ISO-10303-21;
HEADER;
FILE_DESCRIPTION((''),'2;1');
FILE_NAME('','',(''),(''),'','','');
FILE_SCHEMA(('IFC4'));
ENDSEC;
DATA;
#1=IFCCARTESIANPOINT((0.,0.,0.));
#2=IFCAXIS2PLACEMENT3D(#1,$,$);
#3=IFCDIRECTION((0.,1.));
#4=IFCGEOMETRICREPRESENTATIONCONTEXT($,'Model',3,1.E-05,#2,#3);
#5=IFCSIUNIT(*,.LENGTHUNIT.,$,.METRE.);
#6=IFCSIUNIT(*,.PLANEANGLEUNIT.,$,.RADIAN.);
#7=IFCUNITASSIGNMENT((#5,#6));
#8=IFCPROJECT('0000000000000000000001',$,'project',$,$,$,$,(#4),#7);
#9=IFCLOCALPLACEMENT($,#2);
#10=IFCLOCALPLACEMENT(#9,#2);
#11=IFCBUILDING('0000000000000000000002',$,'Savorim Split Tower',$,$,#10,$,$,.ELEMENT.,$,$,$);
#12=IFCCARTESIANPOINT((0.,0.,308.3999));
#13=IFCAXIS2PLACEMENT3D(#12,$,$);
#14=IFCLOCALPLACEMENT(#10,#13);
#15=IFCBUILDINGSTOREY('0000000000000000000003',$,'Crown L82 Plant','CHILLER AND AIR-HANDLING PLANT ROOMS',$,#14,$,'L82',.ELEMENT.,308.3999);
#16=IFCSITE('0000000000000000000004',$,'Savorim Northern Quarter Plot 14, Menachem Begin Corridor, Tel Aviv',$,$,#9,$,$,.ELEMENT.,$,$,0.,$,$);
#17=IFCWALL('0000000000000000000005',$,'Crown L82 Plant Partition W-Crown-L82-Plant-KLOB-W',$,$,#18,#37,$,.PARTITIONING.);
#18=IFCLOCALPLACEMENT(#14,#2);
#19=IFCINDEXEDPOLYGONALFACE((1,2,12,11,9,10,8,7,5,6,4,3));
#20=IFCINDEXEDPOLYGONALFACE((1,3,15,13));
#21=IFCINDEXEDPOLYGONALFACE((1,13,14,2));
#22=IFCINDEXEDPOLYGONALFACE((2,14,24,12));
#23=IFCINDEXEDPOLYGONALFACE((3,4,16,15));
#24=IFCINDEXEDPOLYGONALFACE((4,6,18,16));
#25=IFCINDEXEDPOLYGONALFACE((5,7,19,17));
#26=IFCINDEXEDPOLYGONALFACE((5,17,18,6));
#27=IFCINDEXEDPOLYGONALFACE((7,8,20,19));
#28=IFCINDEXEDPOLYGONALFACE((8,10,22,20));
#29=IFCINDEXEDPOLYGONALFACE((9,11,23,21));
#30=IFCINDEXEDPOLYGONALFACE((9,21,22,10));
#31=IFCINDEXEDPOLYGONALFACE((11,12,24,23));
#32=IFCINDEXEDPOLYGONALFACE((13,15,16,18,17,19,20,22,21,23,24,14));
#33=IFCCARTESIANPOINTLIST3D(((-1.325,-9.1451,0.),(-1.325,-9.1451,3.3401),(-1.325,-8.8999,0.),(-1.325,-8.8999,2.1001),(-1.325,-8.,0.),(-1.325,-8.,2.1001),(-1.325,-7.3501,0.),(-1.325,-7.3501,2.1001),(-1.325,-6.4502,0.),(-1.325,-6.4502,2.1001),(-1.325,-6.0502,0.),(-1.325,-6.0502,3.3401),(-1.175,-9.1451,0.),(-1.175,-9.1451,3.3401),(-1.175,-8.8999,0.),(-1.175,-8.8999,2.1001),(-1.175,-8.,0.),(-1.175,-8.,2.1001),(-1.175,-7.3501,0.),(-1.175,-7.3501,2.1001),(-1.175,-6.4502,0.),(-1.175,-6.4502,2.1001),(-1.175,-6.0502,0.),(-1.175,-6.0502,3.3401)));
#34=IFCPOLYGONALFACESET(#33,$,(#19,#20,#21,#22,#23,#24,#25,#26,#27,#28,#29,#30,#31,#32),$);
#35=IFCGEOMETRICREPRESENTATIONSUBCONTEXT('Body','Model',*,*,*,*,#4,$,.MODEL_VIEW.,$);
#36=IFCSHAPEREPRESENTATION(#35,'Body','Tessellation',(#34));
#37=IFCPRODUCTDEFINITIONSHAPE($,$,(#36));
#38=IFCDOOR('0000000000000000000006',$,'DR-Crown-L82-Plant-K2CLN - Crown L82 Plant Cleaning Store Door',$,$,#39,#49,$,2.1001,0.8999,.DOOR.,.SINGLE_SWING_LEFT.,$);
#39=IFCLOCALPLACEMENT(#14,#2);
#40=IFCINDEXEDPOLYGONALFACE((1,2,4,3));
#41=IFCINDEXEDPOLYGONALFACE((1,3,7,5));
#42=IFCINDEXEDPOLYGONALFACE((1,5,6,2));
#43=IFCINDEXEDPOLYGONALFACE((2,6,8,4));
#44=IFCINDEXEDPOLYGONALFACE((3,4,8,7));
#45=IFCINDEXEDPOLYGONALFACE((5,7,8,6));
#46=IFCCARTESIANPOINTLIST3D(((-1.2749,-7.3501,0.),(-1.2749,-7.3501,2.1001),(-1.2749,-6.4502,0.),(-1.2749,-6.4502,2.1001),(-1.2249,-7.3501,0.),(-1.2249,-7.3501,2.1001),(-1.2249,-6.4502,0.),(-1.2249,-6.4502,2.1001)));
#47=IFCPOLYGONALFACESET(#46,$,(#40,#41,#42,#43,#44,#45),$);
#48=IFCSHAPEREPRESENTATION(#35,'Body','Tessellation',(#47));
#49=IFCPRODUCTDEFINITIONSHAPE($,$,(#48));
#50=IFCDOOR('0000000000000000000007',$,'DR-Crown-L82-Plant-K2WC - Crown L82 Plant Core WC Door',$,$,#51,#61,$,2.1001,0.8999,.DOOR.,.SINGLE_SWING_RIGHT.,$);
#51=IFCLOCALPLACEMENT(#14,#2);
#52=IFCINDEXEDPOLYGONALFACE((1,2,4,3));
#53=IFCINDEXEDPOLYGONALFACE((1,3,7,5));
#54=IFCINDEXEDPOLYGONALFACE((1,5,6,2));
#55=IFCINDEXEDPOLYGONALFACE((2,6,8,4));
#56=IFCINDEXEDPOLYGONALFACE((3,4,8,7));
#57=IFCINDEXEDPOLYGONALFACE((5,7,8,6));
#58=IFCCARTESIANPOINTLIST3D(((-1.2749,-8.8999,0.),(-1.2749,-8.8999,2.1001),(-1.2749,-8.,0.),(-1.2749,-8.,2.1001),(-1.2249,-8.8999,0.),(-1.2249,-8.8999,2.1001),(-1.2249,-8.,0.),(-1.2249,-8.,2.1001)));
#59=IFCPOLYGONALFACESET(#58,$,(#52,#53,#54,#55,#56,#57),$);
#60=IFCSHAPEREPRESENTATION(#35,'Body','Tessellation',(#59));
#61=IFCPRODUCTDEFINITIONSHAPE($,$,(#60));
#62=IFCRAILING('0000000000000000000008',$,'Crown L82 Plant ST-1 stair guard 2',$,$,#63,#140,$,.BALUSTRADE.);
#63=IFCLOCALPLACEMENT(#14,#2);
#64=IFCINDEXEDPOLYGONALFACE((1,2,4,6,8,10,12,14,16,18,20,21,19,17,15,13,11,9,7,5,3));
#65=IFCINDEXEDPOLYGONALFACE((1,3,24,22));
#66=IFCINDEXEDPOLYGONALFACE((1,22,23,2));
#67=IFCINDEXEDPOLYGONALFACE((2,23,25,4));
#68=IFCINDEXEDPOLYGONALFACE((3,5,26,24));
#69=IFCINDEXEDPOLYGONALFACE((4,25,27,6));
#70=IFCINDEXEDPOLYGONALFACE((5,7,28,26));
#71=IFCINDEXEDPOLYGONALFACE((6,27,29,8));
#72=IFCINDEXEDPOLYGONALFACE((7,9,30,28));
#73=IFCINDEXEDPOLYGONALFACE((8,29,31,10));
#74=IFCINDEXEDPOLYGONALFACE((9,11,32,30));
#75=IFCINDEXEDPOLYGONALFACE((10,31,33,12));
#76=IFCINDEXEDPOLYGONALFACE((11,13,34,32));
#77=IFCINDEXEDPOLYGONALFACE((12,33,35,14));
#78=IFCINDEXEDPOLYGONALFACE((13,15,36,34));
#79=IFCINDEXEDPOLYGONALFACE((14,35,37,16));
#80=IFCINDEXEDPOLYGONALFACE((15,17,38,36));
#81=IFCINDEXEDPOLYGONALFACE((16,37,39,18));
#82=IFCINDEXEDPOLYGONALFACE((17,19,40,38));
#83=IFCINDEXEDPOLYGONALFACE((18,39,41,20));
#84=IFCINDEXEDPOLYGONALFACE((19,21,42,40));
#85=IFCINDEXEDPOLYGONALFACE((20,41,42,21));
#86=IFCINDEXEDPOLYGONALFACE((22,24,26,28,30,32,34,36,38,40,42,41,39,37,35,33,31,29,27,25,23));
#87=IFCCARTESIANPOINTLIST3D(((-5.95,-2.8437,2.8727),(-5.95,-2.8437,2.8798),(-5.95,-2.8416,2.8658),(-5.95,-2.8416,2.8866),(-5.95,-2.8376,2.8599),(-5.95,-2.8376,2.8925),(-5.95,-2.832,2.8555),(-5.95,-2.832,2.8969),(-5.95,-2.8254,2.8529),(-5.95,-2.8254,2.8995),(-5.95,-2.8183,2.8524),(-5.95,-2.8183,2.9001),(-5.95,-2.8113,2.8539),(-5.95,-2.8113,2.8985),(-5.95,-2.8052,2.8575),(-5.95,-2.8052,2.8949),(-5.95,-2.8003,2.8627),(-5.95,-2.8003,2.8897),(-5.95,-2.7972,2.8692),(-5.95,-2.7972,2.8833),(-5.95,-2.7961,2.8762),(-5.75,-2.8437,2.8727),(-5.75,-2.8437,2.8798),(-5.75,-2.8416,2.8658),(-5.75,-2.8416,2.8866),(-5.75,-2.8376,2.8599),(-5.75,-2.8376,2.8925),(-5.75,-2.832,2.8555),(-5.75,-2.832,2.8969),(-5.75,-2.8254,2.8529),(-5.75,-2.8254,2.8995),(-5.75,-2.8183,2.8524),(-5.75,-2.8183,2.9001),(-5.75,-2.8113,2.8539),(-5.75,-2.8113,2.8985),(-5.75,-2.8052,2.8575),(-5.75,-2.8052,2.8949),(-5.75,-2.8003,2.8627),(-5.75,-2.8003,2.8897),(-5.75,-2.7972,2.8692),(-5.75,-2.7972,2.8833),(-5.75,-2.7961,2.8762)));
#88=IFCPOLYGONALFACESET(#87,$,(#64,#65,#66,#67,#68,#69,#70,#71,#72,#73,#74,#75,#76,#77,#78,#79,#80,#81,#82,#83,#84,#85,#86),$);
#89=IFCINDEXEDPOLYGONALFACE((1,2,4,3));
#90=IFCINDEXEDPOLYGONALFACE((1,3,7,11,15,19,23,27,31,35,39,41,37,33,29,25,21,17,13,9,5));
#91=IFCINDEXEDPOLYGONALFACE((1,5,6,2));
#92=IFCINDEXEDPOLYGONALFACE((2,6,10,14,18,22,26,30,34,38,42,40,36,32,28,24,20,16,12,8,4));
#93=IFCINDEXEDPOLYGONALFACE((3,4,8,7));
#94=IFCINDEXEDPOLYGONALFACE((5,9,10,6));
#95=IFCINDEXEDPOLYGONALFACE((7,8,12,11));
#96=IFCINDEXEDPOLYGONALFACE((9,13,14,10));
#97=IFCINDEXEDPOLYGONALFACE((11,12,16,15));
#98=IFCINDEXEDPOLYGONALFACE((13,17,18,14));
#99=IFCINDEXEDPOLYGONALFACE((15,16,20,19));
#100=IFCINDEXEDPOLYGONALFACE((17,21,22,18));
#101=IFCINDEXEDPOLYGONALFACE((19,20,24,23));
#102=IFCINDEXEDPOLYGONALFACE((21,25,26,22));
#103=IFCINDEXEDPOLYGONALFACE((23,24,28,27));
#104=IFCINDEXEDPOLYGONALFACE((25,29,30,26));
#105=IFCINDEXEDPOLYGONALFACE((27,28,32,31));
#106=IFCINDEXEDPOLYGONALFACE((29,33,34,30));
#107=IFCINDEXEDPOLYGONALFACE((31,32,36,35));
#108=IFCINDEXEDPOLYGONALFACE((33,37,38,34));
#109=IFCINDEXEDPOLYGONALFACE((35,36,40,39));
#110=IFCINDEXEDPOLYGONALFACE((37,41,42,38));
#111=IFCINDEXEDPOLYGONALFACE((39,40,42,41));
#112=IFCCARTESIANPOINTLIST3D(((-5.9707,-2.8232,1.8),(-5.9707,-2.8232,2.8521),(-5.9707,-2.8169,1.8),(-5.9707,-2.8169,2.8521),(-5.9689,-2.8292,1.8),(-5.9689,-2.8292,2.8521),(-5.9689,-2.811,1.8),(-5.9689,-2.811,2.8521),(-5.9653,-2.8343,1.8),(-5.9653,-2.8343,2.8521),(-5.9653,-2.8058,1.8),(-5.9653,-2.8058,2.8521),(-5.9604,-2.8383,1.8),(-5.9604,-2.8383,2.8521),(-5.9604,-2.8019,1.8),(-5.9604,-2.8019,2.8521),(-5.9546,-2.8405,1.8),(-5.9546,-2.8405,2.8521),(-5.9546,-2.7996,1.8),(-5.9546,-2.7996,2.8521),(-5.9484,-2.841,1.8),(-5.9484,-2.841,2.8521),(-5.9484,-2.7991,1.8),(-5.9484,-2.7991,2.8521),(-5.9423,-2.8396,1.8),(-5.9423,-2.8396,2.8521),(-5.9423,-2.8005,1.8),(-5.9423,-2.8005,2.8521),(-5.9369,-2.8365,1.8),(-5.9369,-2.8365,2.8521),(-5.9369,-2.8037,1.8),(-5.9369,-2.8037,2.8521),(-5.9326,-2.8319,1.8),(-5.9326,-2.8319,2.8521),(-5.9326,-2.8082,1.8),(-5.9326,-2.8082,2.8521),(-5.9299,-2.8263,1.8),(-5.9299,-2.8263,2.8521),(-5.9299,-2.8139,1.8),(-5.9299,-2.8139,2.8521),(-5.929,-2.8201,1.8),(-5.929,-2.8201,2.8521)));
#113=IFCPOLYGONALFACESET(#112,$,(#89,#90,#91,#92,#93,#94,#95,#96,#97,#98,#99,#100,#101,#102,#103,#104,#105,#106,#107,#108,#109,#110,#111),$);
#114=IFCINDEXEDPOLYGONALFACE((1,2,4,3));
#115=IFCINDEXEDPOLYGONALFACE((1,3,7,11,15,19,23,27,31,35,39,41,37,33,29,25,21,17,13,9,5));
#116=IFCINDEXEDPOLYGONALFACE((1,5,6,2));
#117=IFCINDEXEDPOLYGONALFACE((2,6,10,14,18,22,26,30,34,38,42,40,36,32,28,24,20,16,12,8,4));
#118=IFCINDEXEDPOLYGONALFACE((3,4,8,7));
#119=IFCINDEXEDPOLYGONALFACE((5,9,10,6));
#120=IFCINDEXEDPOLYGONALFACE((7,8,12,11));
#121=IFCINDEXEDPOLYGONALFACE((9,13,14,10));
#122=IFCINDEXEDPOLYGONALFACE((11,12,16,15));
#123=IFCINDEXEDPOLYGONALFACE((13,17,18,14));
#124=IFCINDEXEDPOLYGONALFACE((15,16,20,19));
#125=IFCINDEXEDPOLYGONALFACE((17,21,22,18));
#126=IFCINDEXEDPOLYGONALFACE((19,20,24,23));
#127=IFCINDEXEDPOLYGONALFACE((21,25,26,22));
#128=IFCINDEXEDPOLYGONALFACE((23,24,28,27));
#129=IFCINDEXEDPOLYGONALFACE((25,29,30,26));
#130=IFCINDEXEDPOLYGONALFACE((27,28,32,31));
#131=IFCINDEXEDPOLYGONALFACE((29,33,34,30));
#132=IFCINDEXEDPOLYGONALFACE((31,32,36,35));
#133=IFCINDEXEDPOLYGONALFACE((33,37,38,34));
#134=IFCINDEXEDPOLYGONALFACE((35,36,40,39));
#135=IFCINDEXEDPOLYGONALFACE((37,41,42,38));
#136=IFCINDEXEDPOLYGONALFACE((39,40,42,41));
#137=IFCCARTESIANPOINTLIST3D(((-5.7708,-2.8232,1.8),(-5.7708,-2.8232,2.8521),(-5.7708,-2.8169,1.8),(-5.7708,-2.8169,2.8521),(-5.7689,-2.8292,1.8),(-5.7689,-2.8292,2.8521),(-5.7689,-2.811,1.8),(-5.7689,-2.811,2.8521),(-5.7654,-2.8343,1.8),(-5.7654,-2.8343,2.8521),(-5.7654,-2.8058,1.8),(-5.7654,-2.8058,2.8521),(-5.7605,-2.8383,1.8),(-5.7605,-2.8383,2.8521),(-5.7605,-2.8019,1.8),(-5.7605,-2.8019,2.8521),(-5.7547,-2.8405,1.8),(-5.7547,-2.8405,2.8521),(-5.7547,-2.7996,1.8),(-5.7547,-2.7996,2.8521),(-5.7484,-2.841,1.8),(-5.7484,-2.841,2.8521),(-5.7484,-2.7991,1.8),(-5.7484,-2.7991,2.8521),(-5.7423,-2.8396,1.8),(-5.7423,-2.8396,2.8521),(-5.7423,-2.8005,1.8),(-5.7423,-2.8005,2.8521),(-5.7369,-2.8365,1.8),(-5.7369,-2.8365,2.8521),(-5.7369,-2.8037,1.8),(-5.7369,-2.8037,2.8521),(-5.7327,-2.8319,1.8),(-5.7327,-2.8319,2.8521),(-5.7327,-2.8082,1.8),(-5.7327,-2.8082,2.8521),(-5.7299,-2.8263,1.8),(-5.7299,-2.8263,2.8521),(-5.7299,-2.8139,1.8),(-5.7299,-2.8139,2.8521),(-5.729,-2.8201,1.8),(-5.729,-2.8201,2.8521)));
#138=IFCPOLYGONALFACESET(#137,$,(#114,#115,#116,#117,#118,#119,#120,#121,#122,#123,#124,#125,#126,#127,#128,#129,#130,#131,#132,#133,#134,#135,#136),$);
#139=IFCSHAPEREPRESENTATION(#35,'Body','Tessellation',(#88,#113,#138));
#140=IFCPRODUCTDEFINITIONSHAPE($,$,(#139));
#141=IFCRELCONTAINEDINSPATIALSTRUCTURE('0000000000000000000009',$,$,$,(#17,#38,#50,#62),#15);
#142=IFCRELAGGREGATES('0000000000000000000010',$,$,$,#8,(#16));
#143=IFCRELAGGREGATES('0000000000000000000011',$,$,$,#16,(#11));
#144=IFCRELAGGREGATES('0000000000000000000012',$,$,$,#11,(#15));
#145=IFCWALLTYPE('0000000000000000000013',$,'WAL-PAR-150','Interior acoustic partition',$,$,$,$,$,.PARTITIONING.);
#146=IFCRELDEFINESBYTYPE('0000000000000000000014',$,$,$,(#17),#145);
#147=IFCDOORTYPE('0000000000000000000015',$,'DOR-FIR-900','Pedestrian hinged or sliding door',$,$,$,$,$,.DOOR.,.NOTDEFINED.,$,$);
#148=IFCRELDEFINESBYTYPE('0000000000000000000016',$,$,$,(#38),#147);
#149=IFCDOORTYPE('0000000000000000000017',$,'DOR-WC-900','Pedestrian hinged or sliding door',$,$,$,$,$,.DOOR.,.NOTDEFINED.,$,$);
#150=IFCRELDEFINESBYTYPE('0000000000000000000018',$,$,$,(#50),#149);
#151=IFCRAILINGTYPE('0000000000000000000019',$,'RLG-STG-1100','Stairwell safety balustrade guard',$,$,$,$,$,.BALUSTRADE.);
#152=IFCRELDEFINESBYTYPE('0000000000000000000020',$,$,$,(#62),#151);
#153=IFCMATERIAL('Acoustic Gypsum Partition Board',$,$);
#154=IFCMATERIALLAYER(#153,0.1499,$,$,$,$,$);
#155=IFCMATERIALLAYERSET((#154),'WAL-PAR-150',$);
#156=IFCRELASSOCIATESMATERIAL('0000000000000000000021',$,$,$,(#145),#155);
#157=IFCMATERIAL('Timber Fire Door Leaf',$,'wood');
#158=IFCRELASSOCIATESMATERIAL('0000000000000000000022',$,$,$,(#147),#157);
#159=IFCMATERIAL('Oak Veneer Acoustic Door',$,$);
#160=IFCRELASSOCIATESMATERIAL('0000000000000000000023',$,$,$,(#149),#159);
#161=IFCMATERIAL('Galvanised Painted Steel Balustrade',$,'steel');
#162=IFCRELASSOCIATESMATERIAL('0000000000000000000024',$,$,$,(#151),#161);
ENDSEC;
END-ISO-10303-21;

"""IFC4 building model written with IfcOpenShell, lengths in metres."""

from ifc_helpers import new_model, si_unit, direction, frame, frame_2d, origin, origin_2d, place, context, subcontext, project, spatial, rectangle, circle, extrude, material, layer, layer_set, type_object, element, fill, save


model = new_model("IFC4")

# Units and contexts
model_context = context("Model", 3, precision=1e-05, world=origin(), true_north=direction((0.0, 1.0)))
body_context = subcontext(model_context, "Body", "Model", "MODEL_VIEW")
ifc_project = project(units=[si_unit("LENGTHUNIT", "METRE"), si_unit("PLANEANGLEUNIT", "RADIAN")], contexts=[model_context])

# Site, building, storey
site_placement = place(None, origin())
site = spatial("IfcSite", under=ifc_project, at=site_placement, Name="Savorim Northern Quarter Plot 14, Menachem Begin Corridor, Tel Aviv", CompositionType="ELEMENT", RefElevation=0.0)
building_placement = place(site_placement, origin())
building = spatial("IfcBuilding", under=site, at=building_placement, Name="Savorim Split Tower", CompositionType="ELEMENT")
storey_placement = place(building_placement, frame((0.0, 0.0, 308.3999)))
storey = spatial("IfcBuildingStorey", under=building, at=storey_placement, Name="Crown L82 Plant", Description="CHILLER AND AIR-HANDLING PLANT ROOMS", LongName="L82", CompositionType="ELEMENT", Elevation=308.3999)

# Shared definitions
ifc_material_1 = material(Name="Timber Fire Door Leaf", Category="wood")

# Wall, openings, doors
ifc_material_2 = material(Name="Acoustic Gypsum Partition Board")
ifc_layer_1 = layer(ifc_material_2, 0.1499)
ifc_layer_set_1 = layer_set([ifc_layer_1], Name="WAL-PAR-150")
wall_type_1 = type_object("IfcWallType", Name="WAL-PAR-150", Description="Interior acoustic partition", PredefinedType="PARTITIONING", material=ifc_layer_set_1)
wall_1_placement = place(storey_placement, frame((-1.25, -9.145, 0.0), z_axis=(0.0, 0.0, 1.0), x_axis=(0.0, 1.0, 0.0)))
wall_1 = element("IfcWall", 1, at=wall_1_placement, inside=storey, type_object=wall_type_1, Name="Crown L82 Plant Partition W-Crown-L82-Plant-KLOB-W", PredefinedType="PARTITIONING", context=body_context, shape_type="SweptSolid", body=[
    extrude(rectangle(XDim=3.095, YDim=0.1499, at=frame_2d((1.5474, 0.0))), origin(), (0.0, 0.0, 1.0), 3.3401),
])
opening_1_placement = place(wall_1_placement, frame((1.7949, 0.0, 0.0)))
opening_1 = element("IfcOpeningElement", 2, at=opening_1_placement, cuts=wall_1, PredefinedType="OPENING", context=body_context, shape_type="SweptSolid", body=[
    extrude(rectangle(XDim=0.8999, YDim=2.1001, at=frame_2d((0.45, 1.05))), frame((0.0, 0.085, 0.0), z_axis=(0.0, -1.0, 0.0), x_axis=(1.0, 0.0, 0.0)), (0.0, 0.0, 1.0), 0.1699),
])
opening_2_placement = place(wall_1_placement, frame((0.2451, 0.0, 0.0)))
opening_2 = element("IfcOpeningElement", 3, at=opening_2_placement, cuts=wall_1, PredefinedType="OPENING", context=body_context, shape_type="SweptSolid", body=[
    extrude(rectangle(XDim=0.8999, YDim=2.1001, at=frame_2d((0.45, 1.05))), frame((0.0, 0.085, 0.0), z_axis=(0.0, -1.0, 0.0), x_axis=(1.0, 0.0, 0.0)), (0.0, 0.0, 1.0), 0.1699),
])
door_type_1 = type_object("IfcDoorType", Name="DOR-FIR-900", Description="Pedestrian hinged or sliding door", OperationType="NOTDEFINED", PredefinedType="DOOR", material=ifc_material_1)
door_1_placement = place(opening_1_placement, origin())
door_1 = element("IfcDoor", 4, at=door_1_placement, inside=storey, type_object=door_type_1, Name="DR-Crown-L82-Plant-K2CLN - Crown L82 Plant Cleaning Store Door", OperationType="SINGLE_SWING_LEFT", OverallHeight=2.1001, OverallWidth=0.8999, PredefinedType="DOOR", context=body_context, shape_type="SweptSolid", body=[
    extrude(rectangle(XDim=0.8999, YDim=2.1001, at=frame_2d((0.45, 1.05))), frame((0.0, 0.0249, 0.0), z_axis=(0.0, -1.0, 0.0), x_axis=(1.0, 0.0, 0.0)), (0.0, 0.0, 1.0), 0.05),
])
fill(opening_1, door_1)
ifc_material_3 = material(Name="Oak Veneer Acoustic Door")
door_type_2 = type_object("IfcDoorType", Name="DOR-WC-900", Description="Pedestrian hinged or sliding door", OperationType="NOTDEFINED", PredefinedType="DOOR", material=ifc_material_3)
door_2_placement = place(opening_2_placement, origin())
door_2 = element("IfcDoor", 5, at=door_2_placement, inside=storey, type_object=door_type_2, Name="DR-Crown-L82-Plant-K2WC - Crown L82 Plant Core WC Door", OperationType="SINGLE_SWING_RIGHT", OverallHeight=2.1001, OverallWidth=0.8999, PredefinedType="DOOR", context=body_context, shape_type="SweptSolid", body=[
    extrude(rectangle(XDim=0.8999, YDim=2.1001, at=frame_2d((0.45, 1.05))), frame((0.0, 0.0249, 0.0), z_axis=(0.0, -1.0, 0.0), x_axis=(1.0, 0.0, 0.0)), (0.0, 0.0, 1.0), 0.05),
])
fill(opening_2, door_2)

# Railing
ifc_material_4 = material(Name="Galvanised Painted Steel Balustrade", Category="steel")
railing_type = type_object("IfcRailingType", Name="RLG-STG-1100", Description="Stairwell safety balustrade guard", PredefinedType="BALUSTRADE", material=ifc_material_4)
railing_1_placement = place(storey_placement, frame((-5.95, -2.8201, 1.8)))
element("IfcRailing", 6, at=railing_1_placement, inside=storey, type_object=railing_type, Name="Crown L82 Plant ST-1 stair guard 2", PredefinedType="BALUSTRADE", context=body_context, shape_type="SweptSolid", body=[
    extrude(circle(Radius=0.0239, at=origin_2d()), frame((0.0, 0.0, 1.0762), z_axis=(1.0, 0.0, 0.0), x_axis=(0.0, 1.0, 0.0)), (0.0, 0.0, 1.0), 0.2),
    extrude(circle(Radius=0.021, at=origin_2d()), origin(), (0.0, 0.0, 1.0), 1.052),
    extrude(circle(Radius=0.021, at=origin_2d()), frame((0.2, 0.0, 0.0)), (0.0, 0.0, 1.0), 1.052),
])

save(model, "model.ifc")
